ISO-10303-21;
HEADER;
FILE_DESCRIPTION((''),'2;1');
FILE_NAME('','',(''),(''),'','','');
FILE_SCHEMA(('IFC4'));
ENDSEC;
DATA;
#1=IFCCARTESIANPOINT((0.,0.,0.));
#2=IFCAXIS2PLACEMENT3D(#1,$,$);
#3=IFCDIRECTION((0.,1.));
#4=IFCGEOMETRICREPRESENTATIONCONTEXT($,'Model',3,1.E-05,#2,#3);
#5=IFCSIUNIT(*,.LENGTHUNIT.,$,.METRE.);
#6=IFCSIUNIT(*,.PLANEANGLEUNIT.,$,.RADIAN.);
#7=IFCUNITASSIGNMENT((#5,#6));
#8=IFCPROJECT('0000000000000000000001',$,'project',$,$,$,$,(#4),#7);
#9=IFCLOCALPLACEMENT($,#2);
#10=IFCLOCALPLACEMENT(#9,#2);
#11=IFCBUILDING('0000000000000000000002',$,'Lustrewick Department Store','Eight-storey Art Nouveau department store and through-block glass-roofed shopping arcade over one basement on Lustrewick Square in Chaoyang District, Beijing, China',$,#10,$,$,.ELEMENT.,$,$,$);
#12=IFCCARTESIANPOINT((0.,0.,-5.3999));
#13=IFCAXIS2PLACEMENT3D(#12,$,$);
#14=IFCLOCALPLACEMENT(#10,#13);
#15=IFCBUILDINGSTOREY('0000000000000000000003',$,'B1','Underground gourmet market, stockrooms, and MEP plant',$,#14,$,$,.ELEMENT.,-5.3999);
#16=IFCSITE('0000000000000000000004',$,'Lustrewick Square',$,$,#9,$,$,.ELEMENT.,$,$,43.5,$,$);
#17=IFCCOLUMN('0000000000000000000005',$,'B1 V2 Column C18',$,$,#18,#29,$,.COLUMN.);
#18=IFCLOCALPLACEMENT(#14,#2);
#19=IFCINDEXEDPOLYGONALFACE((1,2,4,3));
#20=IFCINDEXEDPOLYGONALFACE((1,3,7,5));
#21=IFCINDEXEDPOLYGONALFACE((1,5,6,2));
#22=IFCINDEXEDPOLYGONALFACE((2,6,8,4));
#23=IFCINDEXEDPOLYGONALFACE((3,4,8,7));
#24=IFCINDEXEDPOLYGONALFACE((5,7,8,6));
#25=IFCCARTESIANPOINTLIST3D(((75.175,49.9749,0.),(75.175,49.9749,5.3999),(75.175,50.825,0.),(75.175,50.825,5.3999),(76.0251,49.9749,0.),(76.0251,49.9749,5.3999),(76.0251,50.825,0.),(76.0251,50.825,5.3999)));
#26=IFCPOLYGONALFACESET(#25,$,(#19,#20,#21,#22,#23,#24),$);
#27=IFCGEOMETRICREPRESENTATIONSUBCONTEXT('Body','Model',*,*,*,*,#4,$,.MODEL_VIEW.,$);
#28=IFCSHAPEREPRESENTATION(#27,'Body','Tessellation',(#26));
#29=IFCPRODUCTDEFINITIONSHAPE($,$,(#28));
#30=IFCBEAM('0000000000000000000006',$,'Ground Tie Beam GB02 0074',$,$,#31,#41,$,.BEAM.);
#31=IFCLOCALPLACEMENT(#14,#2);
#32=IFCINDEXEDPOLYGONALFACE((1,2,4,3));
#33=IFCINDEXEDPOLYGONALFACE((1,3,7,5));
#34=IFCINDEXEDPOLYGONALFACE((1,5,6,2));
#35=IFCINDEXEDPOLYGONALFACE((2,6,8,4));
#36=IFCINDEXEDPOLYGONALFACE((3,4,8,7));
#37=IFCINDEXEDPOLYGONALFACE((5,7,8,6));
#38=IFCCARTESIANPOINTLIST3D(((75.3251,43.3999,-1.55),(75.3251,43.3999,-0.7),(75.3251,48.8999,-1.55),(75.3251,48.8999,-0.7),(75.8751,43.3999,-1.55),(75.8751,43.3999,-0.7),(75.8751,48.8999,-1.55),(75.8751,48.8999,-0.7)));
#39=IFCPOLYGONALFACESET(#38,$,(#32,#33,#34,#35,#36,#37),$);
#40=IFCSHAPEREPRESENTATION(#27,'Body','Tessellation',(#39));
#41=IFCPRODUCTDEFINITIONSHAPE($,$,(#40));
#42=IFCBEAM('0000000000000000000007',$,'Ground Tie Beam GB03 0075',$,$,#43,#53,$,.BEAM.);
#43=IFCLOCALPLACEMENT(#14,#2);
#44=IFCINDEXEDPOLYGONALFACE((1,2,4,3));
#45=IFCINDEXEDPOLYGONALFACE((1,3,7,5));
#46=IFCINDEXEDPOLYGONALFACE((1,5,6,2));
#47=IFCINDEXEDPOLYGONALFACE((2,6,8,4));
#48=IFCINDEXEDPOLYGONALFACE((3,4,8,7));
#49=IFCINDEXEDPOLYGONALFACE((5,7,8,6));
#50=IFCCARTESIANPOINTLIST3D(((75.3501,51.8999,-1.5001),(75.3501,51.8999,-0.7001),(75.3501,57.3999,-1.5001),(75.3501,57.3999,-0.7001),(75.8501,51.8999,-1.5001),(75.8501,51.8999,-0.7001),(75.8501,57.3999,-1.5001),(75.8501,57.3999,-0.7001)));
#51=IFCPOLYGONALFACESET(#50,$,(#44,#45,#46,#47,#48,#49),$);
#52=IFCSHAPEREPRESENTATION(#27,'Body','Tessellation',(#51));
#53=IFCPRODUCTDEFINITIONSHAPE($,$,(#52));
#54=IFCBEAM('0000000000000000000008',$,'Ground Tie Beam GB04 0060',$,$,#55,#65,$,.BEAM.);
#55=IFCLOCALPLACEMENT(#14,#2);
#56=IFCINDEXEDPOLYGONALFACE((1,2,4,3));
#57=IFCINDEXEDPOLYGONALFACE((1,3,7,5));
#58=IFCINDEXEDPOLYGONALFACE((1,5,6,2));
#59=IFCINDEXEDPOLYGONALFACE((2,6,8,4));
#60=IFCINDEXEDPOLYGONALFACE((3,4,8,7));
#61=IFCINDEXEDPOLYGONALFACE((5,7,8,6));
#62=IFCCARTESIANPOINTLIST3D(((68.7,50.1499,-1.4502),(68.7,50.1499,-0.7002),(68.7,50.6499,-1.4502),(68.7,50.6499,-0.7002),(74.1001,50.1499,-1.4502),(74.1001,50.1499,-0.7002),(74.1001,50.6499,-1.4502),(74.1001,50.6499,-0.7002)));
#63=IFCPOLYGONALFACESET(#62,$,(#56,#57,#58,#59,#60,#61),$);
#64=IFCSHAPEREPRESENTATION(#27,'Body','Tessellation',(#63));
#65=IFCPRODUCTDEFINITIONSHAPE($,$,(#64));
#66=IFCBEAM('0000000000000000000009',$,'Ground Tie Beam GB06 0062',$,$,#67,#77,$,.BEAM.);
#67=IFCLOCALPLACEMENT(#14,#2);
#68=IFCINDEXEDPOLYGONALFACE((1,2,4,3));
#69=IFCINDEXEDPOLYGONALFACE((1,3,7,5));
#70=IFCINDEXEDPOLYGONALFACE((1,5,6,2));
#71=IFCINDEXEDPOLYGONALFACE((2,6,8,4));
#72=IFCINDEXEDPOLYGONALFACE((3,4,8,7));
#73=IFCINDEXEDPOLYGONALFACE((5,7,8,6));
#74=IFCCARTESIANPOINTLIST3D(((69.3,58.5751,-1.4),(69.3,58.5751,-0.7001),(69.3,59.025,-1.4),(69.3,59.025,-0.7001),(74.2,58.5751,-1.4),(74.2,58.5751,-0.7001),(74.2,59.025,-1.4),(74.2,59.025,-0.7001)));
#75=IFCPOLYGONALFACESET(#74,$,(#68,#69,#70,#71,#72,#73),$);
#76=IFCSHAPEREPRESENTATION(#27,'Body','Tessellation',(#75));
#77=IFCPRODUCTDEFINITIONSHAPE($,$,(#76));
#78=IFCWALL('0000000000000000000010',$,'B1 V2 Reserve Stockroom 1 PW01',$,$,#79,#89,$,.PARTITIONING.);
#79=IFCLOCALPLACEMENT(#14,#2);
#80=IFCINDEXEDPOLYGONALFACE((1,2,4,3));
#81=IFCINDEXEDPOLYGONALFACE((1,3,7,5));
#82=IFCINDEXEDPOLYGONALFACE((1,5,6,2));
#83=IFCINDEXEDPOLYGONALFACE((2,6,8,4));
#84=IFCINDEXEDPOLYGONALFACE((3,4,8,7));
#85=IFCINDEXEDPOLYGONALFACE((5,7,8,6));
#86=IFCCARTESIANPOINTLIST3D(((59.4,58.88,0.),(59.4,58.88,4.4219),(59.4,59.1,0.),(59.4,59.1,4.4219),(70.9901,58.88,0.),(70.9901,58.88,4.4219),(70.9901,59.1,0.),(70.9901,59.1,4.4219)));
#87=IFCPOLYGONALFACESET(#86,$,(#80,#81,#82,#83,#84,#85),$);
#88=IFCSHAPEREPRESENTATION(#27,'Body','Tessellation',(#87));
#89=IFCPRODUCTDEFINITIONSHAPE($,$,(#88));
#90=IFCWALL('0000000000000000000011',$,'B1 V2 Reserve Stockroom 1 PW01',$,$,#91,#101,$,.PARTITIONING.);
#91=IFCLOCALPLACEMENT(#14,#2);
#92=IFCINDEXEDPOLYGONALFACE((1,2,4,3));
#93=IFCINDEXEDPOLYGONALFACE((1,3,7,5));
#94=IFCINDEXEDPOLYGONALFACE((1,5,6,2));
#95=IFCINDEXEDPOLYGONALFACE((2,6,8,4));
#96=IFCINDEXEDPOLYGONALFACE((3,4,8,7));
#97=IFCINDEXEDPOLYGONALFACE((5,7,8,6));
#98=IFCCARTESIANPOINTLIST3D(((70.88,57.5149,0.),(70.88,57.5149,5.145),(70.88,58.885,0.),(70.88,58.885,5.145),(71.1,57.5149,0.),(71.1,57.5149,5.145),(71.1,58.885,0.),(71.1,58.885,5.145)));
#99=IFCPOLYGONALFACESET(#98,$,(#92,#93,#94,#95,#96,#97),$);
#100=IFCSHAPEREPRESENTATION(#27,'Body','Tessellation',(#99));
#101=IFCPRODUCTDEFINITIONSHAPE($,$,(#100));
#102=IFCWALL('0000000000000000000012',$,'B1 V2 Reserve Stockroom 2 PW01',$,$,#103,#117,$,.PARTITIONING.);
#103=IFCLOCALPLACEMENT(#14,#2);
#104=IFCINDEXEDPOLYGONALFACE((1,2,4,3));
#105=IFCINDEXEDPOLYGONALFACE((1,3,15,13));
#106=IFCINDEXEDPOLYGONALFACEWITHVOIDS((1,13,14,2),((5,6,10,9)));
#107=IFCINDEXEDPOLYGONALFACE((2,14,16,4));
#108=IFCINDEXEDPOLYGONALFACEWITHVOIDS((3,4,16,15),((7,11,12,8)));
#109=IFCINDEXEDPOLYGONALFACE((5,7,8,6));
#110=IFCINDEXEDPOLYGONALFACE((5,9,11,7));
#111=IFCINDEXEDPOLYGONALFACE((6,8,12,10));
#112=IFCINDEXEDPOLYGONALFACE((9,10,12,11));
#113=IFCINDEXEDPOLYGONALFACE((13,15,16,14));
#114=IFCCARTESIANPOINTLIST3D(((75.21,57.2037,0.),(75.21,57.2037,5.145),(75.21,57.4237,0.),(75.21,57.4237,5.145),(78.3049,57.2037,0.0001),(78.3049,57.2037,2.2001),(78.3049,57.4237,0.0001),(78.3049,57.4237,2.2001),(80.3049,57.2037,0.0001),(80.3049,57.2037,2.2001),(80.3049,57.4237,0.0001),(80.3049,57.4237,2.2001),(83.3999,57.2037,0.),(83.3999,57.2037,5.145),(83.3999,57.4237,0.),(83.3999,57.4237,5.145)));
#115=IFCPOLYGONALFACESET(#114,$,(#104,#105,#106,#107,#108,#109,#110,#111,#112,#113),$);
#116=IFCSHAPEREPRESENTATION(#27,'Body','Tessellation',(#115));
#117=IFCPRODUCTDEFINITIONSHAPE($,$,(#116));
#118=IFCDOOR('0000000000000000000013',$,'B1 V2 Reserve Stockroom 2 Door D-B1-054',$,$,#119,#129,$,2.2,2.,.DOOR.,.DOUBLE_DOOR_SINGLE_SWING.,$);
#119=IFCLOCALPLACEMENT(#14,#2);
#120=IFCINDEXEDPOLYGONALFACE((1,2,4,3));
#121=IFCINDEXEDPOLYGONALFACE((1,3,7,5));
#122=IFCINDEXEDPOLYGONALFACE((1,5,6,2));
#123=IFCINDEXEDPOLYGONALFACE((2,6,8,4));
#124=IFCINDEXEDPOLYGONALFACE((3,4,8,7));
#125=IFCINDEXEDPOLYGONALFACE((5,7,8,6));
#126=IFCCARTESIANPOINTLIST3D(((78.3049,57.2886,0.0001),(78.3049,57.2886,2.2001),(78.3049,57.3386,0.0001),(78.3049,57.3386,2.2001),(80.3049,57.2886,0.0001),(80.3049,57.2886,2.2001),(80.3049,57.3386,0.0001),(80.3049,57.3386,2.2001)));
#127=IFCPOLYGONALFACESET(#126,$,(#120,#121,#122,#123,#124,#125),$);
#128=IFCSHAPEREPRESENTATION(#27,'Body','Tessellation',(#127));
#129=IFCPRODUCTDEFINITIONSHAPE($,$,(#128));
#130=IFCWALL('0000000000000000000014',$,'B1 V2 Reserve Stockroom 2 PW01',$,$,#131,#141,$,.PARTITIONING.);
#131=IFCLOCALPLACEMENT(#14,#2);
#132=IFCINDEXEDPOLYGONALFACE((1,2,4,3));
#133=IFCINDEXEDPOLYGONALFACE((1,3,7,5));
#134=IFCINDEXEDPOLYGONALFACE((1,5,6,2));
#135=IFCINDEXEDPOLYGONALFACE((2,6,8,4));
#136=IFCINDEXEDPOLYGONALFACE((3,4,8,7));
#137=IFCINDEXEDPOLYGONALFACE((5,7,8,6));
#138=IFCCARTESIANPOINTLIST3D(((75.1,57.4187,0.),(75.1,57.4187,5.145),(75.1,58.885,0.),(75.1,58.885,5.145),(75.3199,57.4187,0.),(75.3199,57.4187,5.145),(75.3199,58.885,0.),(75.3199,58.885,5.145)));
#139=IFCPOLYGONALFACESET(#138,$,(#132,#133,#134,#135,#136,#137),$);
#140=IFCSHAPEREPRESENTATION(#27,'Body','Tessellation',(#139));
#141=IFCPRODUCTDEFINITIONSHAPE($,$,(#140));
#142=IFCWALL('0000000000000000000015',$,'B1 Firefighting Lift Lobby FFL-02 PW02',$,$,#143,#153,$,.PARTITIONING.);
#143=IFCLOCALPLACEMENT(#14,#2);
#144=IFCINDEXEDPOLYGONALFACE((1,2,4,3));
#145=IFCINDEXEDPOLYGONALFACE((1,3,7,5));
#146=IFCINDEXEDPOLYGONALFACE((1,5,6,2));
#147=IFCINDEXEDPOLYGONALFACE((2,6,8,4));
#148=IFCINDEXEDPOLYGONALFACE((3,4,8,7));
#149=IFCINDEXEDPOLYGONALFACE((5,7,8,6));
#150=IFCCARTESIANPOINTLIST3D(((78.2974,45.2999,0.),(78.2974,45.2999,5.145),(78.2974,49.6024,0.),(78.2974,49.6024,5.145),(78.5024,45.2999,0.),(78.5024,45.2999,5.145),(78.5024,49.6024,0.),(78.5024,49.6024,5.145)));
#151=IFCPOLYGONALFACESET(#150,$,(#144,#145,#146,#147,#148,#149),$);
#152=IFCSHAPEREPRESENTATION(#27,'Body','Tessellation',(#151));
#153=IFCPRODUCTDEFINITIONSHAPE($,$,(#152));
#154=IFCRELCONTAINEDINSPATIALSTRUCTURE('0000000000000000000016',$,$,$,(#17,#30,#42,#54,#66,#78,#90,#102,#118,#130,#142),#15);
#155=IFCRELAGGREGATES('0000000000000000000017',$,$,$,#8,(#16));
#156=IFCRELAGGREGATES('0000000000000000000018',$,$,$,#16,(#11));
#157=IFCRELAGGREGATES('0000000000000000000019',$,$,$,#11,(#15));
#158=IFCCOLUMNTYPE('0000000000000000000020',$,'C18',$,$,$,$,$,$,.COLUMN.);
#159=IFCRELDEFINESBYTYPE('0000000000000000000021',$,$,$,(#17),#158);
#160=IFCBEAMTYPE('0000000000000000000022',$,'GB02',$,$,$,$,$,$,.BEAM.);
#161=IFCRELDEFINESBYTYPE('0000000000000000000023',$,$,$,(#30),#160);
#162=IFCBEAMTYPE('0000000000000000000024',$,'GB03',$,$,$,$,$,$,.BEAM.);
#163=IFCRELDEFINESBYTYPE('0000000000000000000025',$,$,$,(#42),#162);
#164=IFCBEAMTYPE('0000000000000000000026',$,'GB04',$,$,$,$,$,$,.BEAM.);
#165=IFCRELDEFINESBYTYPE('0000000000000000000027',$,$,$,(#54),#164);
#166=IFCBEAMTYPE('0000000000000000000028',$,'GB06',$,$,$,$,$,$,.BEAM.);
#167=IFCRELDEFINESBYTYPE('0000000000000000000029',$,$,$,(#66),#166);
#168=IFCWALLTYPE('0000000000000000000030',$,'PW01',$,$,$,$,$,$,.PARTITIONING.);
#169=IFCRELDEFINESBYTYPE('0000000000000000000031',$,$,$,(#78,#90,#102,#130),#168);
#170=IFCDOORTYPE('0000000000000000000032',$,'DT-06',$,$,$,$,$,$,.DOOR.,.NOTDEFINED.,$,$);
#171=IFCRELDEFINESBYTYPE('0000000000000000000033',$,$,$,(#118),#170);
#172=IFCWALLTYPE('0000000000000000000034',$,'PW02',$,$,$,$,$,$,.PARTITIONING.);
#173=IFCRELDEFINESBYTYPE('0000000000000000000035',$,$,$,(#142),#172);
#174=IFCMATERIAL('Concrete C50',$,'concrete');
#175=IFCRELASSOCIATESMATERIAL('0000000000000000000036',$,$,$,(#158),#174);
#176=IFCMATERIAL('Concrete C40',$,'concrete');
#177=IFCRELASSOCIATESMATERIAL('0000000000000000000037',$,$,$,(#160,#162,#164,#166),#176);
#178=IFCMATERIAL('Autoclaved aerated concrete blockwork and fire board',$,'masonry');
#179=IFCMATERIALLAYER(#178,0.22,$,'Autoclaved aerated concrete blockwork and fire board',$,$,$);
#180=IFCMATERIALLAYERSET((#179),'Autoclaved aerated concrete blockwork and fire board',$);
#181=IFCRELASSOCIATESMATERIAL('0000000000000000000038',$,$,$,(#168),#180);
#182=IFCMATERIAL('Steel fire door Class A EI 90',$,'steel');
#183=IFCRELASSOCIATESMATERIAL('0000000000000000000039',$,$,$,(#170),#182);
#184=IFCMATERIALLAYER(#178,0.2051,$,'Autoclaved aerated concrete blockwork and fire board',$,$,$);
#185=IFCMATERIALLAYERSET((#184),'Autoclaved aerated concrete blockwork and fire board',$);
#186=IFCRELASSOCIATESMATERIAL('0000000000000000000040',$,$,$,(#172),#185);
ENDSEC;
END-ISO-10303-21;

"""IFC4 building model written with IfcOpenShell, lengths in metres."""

from ifc_helpers import new_model, si_unit, direction, frame, frame_2d, origin, origin_2d, place, context, subcontext, project, spatial, rectangle, extrude, material, layer, layer_set, material_profile, profile_set, type_object, element, fill, save


model = new_model("IFC4")

# Units and contexts
model_context = context("Model", 3, precision=1e-05, world=origin(), true_north=direction((0.0, 1.0)))
body_context = subcontext(model_context, "Body", "Model", "MODEL_VIEW")
ifc_project = project(units=[si_unit("LENGTHUNIT", "METRE"), si_unit("PLANEANGLEUNIT", "RADIAN")], contexts=[model_context])

# Site, building, storey
site_placement = place(None, origin())
site = spatial("IfcSite", under=ifc_project, at=site_placement, Name="Lustrewick Square", CompositionType="ELEMENT", RefElevation=43.5)
building_placement = place(site_placement, origin())
building = spatial("IfcBuilding", under=site, at=building_placement, Name="Lustrewick Department Store", Description="Eight-storey Art Nouveau department store and through-block glass-roofed shopping arcade over one basement on Lustrewick Square in Chaoyang District, Beijing, China", CompositionType="ELEMENT")
storey_placement = place(building_placement, frame((0.0, 0.0, -5.3999)))
storey = spatial("IfcBuildingStorey", under=building, at=storey_placement, Name="B1", Description="Underground gourmet market, stockrooms, and MEP plant", CompositionType="ELEMENT", Elevation=-5.3999)

# Shared definitions
ifc_material_1 = material(Name="Concrete C40", Category="concrete")

# Column
ifc_material_2 = material(Name="Concrete C50", Category="concrete")
ifc_material_profile_1 = material_profile(ifc_material_2, rectangle(XDim=0.8501, YDim=0.8501, at=origin_2d()), Name="RC 850x850")
ifc_profile_set_1 = profile_set([ifc_material_profile_1], Name="Concrete C50")
column_type_1 = type_object("IfcColumnType", Name="C18", PredefinedType="COLUMN", material=ifc_profile_set_1)
column_1_placement = place(storey_placement, frame((75.6001, 50.3999, 0.0), z_axis=(0.0, 0.0, 1.0), x_axis=(1.0, 0.0, 0.0)))
element("IfcColumn", 1, at=column_1_placement, inside=storey, type_object=column_type_1, Name="B1 V2 Column C18", PredefinedType="COLUMN", context=body_context, shape_type="SweptSolid", body=[
    extrude(rectangle(XDim=0.8501, YDim=0.8501, at=origin_2d()), origin(), (0.0, 0.0, 1.0), 5.3999),
])

# Beams
ifc_material_profile_2 = material_profile(ifc_material_1, rectangle(XDim=0.55, YDim=0.8501, at=origin_2d()), Name="RC 550x850")
ifc_profile_set_2 = profile_set([ifc_material_profile_2], Name="Concrete C40")
beam_type_1 = type_object("IfcBeamType", Name="GB02", PredefinedType="BEAM", material=ifc_profile_set_2)
beam_1_placement = place(storey_placement, frame((75.6001, 43.3999, -1.125), z_axis=(0.0, 1.0, 0.0), x_axis=(-1.0, 0.0, 0.0)))
element("IfcBeam", 2, at=beam_1_placement, inside=storey, type_object=beam_type_1, Name="Ground Tie Beam GB02 0074", PredefinedType="BEAM", context=body_context, shape_type="SweptSolid", body=[
    extrude(rectangle(XDim=0.55, YDim=0.8501, at=origin_2d()), origin(), (0.0, 0.0, 1.0), 5.5),
])
ifc_material_profile_3 = material_profile(ifc_material_1, rectangle(XDim=0.5, YDim=0.8, at=origin_2d()), Name="RC 500x800")
ifc_profile_set_3 = profile_set([ifc_material_profile_3], Name="Concrete C40")
beam_type_2 = type_object("IfcBeamType", Name="GB03", PredefinedType="BEAM", material=ifc_profile_set_3)
beam_2_placement = place(storey_placement, frame((75.6001, 51.8999, -1.1001), z_axis=(0.0, 1.0, 0.0), x_axis=(-1.0, 0.0, 0.0)))
element("IfcBeam", 3, at=beam_2_placement, inside=storey, type_object=beam_type_2, Name="Ground Tie Beam GB03 0075", PredefinedType="BEAM", context=body_context, shape_type="SweptSolid", body=[
    extrude(rectangle(XDim=0.5, YDim=0.8, at=origin_2d()), origin(), (0.0, 0.0, 1.0), 5.5),
])
ifc_material_profile_4 = material_profile(ifc_material_1, rectangle(XDim=0.5, YDim=0.75, at=origin_2d()), Name="RC 500x750")
ifc_profile_set_4 = profile_set([ifc_material_profile_4], Name="Concrete C40")
beam_type_3 = type_object("IfcBeamType", Name="GB04", PredefinedType="BEAM", material=ifc_profile_set_4)
beam_3_placement = place(storey_placement, frame((68.7, 50.3999, -1.0752), z_axis=(1.0, 0.0, 0.0), x_axis=(0.0, 1.0, 0.0)))
element("IfcBeam", 4, at=beam_3_placement, inside=storey, type_object=beam_type_3, Name="Ground Tie Beam GB04 0060", PredefinedType="BEAM", context=body_context, shape_type="SweptSolid", body=[
    extrude(rectangle(XDim=0.5, YDim=0.75, at=origin_2d()), origin(), (0.0, 0.0, 1.0), 5.4001),
])
ifc_material_profile_5 = material_profile(ifc_material_1, rectangle(XDim=0.45, YDim=0.7, at=origin_2d()), Name="RC 450x700")
ifc_profile_set_5 = profile_set([ifc_material_profile_5], Name="Concrete C40")
beam_type_4 = type_object("IfcBeamType", Name="GB06", PredefinedType="BEAM", material=ifc_profile_set_5)
beam_4_placement = place(storey_placement, frame((69.3, 58.8, -1.05), z_axis=(1.0, 0.0, 0.0), x_axis=(0.0, 1.0, 0.0)))
element("IfcBeam", 5, at=beam_4_placement, inside=storey, type_object=beam_type_4, Name="Ground Tie Beam GB06 0062", PredefinedType="BEAM", context=body_context, shape_type="SweptSolid", body=[
    extrude(rectangle(XDim=0.45, YDim=0.7, at=origin_2d()), origin(), (0.0, 0.0, 1.0), 4.8999),
])

# Walls
ifc_material_3 = material(Name="Autoclaved aerated concrete blockwork and fire board", Category="masonry")
ifc_layer_1 = layer(ifc_material_3, 0.22, Name="Autoclaved aerated concrete blockwork and fire board")
ifc_layer_set_1 = layer_set([ifc_layer_1], Name="Autoclaved aerated concrete blockwork and fire board")
wall_type_1 = type_object("IfcWallType", Name="PW01", PredefinedType="PARTITIONING", material=ifc_layer_set_1)
wall_1_placement = place(storey_placement, frame((70.99, 58.99, 0.0), z_axis=(0.0, 0.0, 1.0), x_axis=(-1.0, 0.0, 0.0)))
element("IfcWall", 6, at=wall_1_placement, inside=storey, type_object=wall_type_1, Name="B1 V2 Reserve Stockroom 1 PW01", PredefinedType="PARTITIONING", context=body_context, shape_type="SweptSolid", body=[
    extrude(rectangle(XDim=11.5901, YDim=0.22, at=frame_2d((5.7949, 0.0))), origin(), (0.0, 0.0, 1.0), 4.4219),
])
wall_2_placement = place(storey_placement, frame((70.99, 57.5149, 0.0), z_axis=(0.0, 0.0, 1.0), x_axis=(0.0, 1.0, 0.0)))
element("IfcWall", 7, at=wall_2_placement, inside=storey, type_object=wall_type_1, Name="B1 V2 Reserve Stockroom 1 PW01", PredefinedType="PARTITIONING", context=body_context, shape_type="SweptSolid", body=[
    extrude(rectangle(XDim=1.3701, YDim=0.22, at=frame_2d((0.6851, 0.0))), origin(), (0.0, 0.0, 1.0), 5.145),
])

# Wall, opening, door
wall_3_placement = place(storey_placement, frame((75.21, 57.3137, 0.0), z_axis=(0.0, 0.0, 1.0), x_axis=(1.0, 0.0, 0.0)))
wall_3 = element("IfcWall", 8, at=wall_3_placement, inside=storey, type_object=wall_type_1, Name="B1 V2 Reserve Stockroom 2 PW01", PredefinedType="PARTITIONING", context=body_context, shape_type="SweptSolid", body=[
    extrude(rectangle(XDim=8.1899, YDim=0.22, at=frame_2d((4.095, 0.0))), origin(), (0.0, 0.0, 1.0), 5.145),
])
opening_1_placement = place(wall_3_placement, frame((3.095, 0.0, 0.0)))
opening_1 = element("IfcOpeningElement", 9, at=opening_1_placement, cuts=wall_3, PredefinedType="OPENING", context=body_context, shape_type="SweptSolid", body=[
    extrude(rectangle(XDim=2.0, YDim=2.2, at=frame_2d((1.0, 1.1001))), frame((0.0, 0.1201, 0.0), z_axis=(0.0, -1.0, 0.0), x_axis=(1.0, 0.0, 0.0)), (0.0, 0.0, 1.0), 0.24),
])
ifc_material_4 = material(Name="Steel fire door Class A EI 90", Category="steel")
door_type_1 = type_object("IfcDoorType", Name="DT-06", OperationType="NOTDEFINED", PredefinedType="DOOR", material=ifc_material_4)
door_1_placement = place(opening_1_placement, origin())
door_1 = element("IfcDoor", 10, at=door_1_placement, inside=storey, type_object=door_type_1, Name="B1 V2 Reserve Stockroom 2 Door D-B1-054", OperationType="DOUBLE_DOOR_SINGLE_SWING", OverallHeight=2.2, OverallWidth=2.0, PredefinedType="DOOR", context=body_context, shape_type="SweptSolid", body=[
    extrude(rectangle(XDim=2.0, YDim=2.2, at=frame_2d((1.0, 1.1001))), frame((0.0, 0.0249, 0.0), z_axis=(0.0, -1.0, 0.0), x_axis=(1.0, 0.0, 0.0)), (0.0, 0.0, 1.0), 0.05),
])
fill(opening_1, door_1)

# Walls
wall_4_placement = place(storey_placement, frame((75.21, 58.885, 0.0), z_axis=(0.0, 0.0, 1.0), x_axis=(0.0, -1.0, 0.0)))
element("IfcWall", 11, at=wall_4_placement, inside=storey, type_object=wall_type_1, Name="B1 V2 Reserve Stockroom 2 PW01", PredefinedType="PARTITIONING", context=body_context, shape_type="SweptSolid", body=[
    extrude(rectangle(XDim=1.4663, YDim=0.22, at=frame_2d((0.7332, 0.0))), origin(), (0.0, 0.0, 1.0), 5.145),
])
ifc_layer_2 = layer(ifc_material_3, 0.2051, Name="Autoclaved aerated concrete blockwork and fire board")
ifc_layer_set_2 = layer_set([ifc_layer_2], Name="Autoclaved aerated concrete blockwork and fire board")
wall_type_2 = type_object("IfcWallType", Name="PW02", PredefinedType="PARTITIONING", material=ifc_layer_set_2)
wall_5_placement = place(storey_placement, frame((78.3999, 49.6025, 0.0), z_axis=(0.0, 0.0, 1.0), x_axis=(0.0, -1.0, 0.0)))
element("IfcWall", 12, at=wall_5_placement, inside=storey, type_object=wall_type_2, Name="B1 Firefighting Lift Lobby FFL-02 PW02", PredefinedType="PARTITIONING", context=body_context, shape_type="SweptSolid", body=[
    extrude(rectangle(XDim=4.3025, YDim=0.2051, at=frame_2d((2.1514, 0.0))), origin(), (0.0, 0.0, 1.0), 5.145),
])

save(model, "model.ifc")
